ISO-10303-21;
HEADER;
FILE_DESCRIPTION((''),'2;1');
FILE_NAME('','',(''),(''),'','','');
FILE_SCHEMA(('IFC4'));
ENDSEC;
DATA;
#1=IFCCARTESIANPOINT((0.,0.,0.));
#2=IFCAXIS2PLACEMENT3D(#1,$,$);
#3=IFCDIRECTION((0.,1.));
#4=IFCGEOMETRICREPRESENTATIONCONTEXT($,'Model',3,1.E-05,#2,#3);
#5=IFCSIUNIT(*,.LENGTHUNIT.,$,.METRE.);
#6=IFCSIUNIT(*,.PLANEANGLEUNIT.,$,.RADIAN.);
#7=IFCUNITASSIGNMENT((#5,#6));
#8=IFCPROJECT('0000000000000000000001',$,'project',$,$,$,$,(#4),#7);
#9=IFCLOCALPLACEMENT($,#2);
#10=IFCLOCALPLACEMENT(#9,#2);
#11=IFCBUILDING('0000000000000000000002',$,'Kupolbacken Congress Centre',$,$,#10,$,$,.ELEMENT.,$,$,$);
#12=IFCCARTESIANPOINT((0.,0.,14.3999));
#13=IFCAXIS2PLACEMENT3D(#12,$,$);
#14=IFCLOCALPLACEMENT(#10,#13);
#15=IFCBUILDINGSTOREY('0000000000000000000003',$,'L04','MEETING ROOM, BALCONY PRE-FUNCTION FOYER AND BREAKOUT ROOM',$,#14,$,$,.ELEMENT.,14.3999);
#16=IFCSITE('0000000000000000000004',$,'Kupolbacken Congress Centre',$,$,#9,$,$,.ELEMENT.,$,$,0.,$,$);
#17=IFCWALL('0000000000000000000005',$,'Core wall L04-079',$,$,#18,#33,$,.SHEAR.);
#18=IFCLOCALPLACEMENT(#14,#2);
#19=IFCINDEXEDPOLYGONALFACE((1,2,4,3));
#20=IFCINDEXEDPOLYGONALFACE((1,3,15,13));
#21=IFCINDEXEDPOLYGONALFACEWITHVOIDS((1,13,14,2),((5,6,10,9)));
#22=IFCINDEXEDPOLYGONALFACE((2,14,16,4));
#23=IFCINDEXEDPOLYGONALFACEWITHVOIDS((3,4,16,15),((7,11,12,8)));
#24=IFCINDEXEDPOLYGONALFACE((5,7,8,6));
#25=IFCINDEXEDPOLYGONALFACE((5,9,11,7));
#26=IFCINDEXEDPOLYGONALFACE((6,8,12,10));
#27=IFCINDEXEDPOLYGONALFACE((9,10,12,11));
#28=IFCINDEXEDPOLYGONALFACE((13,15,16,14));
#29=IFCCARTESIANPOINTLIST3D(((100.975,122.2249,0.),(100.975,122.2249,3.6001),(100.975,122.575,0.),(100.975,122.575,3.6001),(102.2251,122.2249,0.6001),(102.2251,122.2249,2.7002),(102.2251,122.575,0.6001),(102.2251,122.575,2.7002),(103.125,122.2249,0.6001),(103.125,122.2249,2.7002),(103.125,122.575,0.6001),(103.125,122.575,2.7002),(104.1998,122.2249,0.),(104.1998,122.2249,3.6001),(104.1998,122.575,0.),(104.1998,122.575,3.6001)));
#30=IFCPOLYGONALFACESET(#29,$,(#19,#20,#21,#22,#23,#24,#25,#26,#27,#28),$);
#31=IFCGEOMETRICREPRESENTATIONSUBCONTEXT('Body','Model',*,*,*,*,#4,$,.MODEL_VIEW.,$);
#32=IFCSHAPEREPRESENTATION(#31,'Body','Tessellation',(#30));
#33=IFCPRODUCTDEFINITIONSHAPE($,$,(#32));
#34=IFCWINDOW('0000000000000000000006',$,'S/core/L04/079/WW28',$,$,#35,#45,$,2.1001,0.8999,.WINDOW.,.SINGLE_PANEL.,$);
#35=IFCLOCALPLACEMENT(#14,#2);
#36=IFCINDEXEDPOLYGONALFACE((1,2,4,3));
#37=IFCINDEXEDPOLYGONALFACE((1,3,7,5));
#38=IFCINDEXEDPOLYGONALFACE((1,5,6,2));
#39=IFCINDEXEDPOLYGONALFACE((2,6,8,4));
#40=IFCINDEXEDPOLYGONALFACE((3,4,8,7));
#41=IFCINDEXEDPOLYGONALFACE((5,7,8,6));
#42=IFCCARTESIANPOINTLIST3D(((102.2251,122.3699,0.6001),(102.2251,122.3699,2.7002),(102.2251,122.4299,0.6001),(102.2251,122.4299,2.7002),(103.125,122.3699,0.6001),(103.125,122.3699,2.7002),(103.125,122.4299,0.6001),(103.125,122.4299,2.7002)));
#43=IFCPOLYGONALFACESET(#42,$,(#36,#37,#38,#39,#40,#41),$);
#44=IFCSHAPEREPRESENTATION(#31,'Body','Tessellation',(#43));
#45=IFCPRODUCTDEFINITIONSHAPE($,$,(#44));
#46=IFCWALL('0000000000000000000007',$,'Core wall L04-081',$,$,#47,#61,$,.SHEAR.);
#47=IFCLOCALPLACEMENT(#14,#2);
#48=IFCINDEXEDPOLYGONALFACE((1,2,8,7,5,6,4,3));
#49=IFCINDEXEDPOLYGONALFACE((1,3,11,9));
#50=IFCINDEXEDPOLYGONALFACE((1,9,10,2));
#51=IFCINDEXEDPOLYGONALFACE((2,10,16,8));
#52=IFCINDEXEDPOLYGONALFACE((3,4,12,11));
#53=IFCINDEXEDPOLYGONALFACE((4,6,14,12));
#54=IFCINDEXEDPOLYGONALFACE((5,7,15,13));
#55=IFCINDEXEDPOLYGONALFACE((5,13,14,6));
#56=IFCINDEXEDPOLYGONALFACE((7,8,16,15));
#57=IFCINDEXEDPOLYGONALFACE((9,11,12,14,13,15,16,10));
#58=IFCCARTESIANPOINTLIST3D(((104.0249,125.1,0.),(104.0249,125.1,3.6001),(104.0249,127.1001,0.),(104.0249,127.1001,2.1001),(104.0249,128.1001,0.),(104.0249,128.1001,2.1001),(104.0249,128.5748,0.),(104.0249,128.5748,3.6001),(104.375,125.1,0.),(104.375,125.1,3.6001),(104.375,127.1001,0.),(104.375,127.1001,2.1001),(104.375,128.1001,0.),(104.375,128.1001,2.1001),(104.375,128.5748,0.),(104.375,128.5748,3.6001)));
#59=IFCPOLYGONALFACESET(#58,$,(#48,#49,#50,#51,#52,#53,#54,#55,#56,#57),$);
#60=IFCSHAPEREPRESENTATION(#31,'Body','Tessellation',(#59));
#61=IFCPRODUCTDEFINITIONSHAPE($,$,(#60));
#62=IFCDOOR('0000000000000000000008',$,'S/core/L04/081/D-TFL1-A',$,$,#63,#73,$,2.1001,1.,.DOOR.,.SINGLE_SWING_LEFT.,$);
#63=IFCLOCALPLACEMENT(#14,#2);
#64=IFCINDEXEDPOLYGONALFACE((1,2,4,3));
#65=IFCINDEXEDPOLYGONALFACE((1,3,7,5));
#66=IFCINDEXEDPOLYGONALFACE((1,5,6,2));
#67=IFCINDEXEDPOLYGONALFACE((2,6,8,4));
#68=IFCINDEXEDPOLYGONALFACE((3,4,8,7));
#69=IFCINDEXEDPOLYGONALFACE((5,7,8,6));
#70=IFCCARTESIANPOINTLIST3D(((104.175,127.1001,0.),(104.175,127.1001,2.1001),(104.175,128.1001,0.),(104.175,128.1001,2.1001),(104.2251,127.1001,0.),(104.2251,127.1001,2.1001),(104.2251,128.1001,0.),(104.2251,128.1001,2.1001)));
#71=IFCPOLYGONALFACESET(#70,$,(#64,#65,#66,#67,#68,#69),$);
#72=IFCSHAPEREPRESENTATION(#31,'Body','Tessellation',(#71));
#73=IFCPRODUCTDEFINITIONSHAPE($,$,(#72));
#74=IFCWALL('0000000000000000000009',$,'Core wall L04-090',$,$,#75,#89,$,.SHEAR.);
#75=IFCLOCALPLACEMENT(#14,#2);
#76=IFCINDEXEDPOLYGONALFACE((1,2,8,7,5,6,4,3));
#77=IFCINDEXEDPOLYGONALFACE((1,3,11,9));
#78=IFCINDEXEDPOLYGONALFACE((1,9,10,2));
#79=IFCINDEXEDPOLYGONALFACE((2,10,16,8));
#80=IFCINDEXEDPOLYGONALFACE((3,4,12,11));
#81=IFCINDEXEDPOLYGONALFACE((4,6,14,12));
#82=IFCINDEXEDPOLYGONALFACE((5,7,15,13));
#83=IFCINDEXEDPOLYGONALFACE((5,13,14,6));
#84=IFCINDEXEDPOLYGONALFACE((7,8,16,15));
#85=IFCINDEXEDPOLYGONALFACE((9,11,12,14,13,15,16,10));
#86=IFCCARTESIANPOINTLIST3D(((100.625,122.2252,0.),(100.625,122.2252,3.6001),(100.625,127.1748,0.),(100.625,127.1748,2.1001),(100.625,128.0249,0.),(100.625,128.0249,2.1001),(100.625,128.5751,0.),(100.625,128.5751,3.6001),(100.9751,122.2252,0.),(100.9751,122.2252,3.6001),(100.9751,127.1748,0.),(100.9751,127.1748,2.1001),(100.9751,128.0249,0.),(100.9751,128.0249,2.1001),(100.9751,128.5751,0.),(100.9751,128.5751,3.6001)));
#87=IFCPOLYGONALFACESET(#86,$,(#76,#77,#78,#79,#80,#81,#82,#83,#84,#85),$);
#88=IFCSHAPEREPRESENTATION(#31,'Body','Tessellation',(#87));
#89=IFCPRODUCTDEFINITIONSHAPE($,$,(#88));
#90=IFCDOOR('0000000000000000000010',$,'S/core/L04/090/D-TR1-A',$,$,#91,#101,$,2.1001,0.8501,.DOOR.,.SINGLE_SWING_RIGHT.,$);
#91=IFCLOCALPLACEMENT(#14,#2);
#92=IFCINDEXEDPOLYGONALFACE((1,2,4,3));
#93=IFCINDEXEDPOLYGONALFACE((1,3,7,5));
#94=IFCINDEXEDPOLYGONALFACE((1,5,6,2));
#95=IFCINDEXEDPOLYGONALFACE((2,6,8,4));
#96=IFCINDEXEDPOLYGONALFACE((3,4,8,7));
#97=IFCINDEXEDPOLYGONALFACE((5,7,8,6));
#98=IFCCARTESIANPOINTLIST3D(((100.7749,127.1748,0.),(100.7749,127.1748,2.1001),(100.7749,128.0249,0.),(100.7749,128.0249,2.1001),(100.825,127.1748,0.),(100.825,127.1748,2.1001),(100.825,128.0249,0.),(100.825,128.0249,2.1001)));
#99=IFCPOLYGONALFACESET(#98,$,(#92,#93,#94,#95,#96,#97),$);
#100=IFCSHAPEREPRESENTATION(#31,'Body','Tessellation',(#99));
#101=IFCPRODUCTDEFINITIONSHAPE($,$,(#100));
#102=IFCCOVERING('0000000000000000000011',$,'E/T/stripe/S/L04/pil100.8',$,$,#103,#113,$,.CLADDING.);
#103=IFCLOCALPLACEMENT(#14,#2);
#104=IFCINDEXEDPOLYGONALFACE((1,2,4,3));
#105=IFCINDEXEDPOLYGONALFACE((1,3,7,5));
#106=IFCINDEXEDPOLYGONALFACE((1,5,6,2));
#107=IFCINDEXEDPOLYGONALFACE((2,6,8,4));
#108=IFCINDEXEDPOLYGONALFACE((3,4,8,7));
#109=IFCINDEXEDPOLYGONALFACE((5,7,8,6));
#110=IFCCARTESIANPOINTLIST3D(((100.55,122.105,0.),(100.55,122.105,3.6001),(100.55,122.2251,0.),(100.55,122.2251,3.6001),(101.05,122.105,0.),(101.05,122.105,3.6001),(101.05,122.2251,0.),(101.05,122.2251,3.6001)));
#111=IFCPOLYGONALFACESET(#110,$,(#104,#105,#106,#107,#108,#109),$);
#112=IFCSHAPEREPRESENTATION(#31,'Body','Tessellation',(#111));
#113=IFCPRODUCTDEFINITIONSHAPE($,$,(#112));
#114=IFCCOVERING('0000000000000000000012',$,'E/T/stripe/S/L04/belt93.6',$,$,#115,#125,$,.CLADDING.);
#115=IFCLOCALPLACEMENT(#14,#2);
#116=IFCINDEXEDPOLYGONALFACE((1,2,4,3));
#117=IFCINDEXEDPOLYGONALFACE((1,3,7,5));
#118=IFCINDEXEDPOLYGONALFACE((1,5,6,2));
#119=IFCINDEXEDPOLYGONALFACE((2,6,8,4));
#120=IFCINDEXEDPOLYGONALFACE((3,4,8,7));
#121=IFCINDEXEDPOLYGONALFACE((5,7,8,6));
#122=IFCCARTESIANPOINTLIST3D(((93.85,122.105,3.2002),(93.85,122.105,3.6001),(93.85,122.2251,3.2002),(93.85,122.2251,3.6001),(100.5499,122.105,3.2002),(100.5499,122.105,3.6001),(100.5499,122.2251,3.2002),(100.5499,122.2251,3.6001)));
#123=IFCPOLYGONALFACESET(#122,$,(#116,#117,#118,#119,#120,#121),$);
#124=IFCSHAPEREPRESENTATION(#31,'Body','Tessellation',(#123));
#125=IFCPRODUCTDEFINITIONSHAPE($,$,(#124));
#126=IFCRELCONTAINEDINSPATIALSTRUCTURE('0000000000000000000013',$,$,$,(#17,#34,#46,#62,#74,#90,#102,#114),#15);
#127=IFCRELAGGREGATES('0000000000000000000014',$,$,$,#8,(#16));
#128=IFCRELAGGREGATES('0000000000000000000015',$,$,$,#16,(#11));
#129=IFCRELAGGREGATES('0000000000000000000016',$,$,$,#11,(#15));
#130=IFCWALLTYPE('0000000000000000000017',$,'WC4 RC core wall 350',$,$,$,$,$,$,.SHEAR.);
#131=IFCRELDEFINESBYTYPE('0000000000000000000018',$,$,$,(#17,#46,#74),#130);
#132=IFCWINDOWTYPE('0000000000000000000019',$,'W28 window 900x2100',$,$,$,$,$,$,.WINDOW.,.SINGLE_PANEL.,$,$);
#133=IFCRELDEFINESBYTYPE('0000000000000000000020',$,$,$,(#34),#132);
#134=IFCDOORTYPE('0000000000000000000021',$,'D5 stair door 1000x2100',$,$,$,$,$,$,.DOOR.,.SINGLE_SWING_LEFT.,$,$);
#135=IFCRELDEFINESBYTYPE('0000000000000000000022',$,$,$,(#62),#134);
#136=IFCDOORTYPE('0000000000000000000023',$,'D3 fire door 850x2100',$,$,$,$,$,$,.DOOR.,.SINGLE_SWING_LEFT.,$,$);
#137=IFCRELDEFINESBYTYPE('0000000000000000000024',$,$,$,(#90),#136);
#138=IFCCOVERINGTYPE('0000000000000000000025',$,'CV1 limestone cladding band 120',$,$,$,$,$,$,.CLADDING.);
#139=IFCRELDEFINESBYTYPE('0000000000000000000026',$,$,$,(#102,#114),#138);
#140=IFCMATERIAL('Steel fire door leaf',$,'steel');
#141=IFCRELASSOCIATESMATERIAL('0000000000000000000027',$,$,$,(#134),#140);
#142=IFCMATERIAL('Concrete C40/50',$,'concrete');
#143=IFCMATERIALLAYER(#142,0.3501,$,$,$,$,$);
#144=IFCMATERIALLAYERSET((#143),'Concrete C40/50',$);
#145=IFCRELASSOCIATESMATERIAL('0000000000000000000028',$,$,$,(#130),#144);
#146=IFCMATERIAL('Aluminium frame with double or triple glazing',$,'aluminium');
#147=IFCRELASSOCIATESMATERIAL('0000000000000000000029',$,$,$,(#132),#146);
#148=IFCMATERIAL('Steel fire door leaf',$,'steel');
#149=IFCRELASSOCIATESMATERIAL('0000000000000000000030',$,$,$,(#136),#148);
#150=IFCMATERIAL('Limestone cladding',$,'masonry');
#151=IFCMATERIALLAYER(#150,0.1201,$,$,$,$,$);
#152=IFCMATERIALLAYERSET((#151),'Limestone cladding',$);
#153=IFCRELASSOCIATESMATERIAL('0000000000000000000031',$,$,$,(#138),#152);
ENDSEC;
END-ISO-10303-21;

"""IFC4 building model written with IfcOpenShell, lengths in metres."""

from ifc_helpers import new_model, si_unit, direction, frame, frame_2d, origin, origin_2d, place, context, subcontext, project, spatial, rectangle, extrude, material, layer, layer_set, type_object, element, fill, save


model = new_model("IFC4")

# Units and contexts
model_context = context("Model", 3, precision=1e-05, world=origin(), true_north=direction((0.0, 1.0)))
body_context = subcontext(model_context, "Body", "Model", "MODEL_VIEW")
ifc_project = project(units=[si_unit("LENGTHUNIT", "METRE"), si_unit("PLANEANGLEUNIT", "RADIAN")], contexts=[model_context])

# Site, building, storey
site_placement = place(None, origin())
site = spatial("IfcSite", under=ifc_project, at=site_placement, Name="Kupolbacken Congress Centre", CompositionType="ELEMENT", RefElevation=0.0)
building_placement = place(site_placement, origin())
building = spatial("IfcBuilding", under=site, at=building_placement, Name="Kupolbacken Congress Centre", CompositionType="ELEMENT")
storey_placement = place(building_placement, frame((0.0, 0.0, 14.3999)))
storey = spatial("IfcBuildingStorey", under=building, at=storey_placement, Name="L04", Description="MEETING ROOM, BALCONY PRE-FUNCTION FOYER AND BREAKOUT ROOM", CompositionType="ELEMENT", Elevation=14.3999)

# Shared definitions
ifc_material_1 = material(Name="Steel fire door leaf", Category="steel")
door_type_1 = type_object("IfcDoorType", Name="D5 stair door 1000x2100", OperationType="SINGLE_SWING_LEFT", PredefinedType="DOOR", material=ifc_material_1)

# Wall, opening, window
ifc_material_2 = material(Name="Concrete C40/50", Category="concrete")
ifc_layer_1 = layer(ifc_material_2, 0.3501)
ifc_layer_set_1 = layer_set([ifc_layer_1], Name="Concrete C40/50")
wall_type_1 = type_object("IfcWallType", Name="WC4 RC core wall 350", PredefinedType="SHEAR", material=ifc_layer_set_1)
wall_1_placement = place(storey_placement, frame((100.9751, 122.3999, 0.0), z_axis=(0.0, 0.0, 1.0), x_axis=(1.0, 0.0, 0.0)))
wall_1 = element("IfcWall", 1, at=wall_1_placement, inside=storey, type_object=wall_type_1, Name="Core wall L04-079", PredefinedType="SHEAR", context=body_context, shape_type="SweptSolid", body=[
    extrude(rectangle(XDim=3.2249, YDim=0.3501, at=frame_2d((1.6123, 0.0))), origin(), (0.0, 0.0, 1.0), 3.6001),
])
opening_1_placement = place(wall_1_placement, frame((1.25, 0.0, 0.6001)))
opening_1 = element("IfcOpeningElement", 2, at=opening_1_placement, cuts=wall_1, PredefinedType="OPENING", context=body_context, shape_type="SweptSolid", body=[
    extrude(rectangle(XDim=0.8999, YDim=2.1001, at=frame_2d((0.45, 1.05))), frame((0.0, 0.1851, 0.0), z_axis=(0.0, -1.0, 0.0), x_axis=(1.0, 0.0, 0.0)), (0.0, 0.0, 1.0), 0.3701),
])
ifc_material_3 = material(Name="Aluminium frame with double or triple glazing", Category="aluminium")
window_type = type_object("IfcWindowType", Name="W28 window 900x2100", PartitioningType="SINGLE_PANEL", PredefinedType="WINDOW", material=ifc_material_3)
window_placement = place(opening_1_placement, origin())
window = element("IfcWindow", 3, at=window_placement, inside=storey, type_object=window_type, Name="S/core/L04/079/WW28", OverallHeight=2.1001, OverallWidth=0.8999, PartitioningType="SINGLE_PANEL", PredefinedType="WINDOW", context=body_context, shape_type="SweptSolid", body=[
    extrude(rectangle(XDim=0.8999, YDim=2.1001, at=frame_2d((0.45, 1.05))), frame((0.0, 0.03, 0.0), z_axis=(0.0, -1.0, 0.0), x_axis=(1.0, 0.0, 0.0)), (0.0, 0.0, 1.0), 0.0601),
])
fill(opening_1, window)

# Walls, openings, doors
wall_2_placement = place(storey_placement, frame((104.2, 125.1001, 0.0), z_axis=(0.0, 0.0, 1.0), x_axis=(0.0, 1.0, 0.0)))
wall_2 = element("IfcWall", 4, at=wall_2_placement, inside=storey, type_object=wall_type_1, Name="Core wall L04-081", PredefinedType="SHEAR", context=body_context, shape_type="SweptSolid", body=[
    extrude(rectangle(XDim=3.4749, YDim=0.3501, at=frame_2d((1.7373, 0.0))), origin(), (0.0, 0.0, 1.0), 3.6001),
])
opening_2_placement = place(wall_2_placement, frame((2.0, 0.0, 0.0)))
opening_2 = element("IfcOpeningElement", 5, at=opening_2_placement, cuts=wall_2, PredefinedType="OPENING", context=body_context, shape_type="SweptSolid", body=[
    extrude(rectangle(XDim=1.0, YDim=2.1001, at=frame_2d((0.5, 1.05))), frame((0.0, 0.1851, 0.0), z_axis=(0.0, -1.0, 0.0), x_axis=(1.0, 0.0, 0.0)), (0.0, 0.0, 1.0), 0.3701),
])
door_1_placement = place(opening_2_placement, origin())
door_1 = element("IfcDoor", 6, at=door_1_placement, inside=storey, type_object=door_type_1, Name="S/core/L04/081/D-TFL1-A", OperationType="SINGLE_SWING_LEFT", OverallHeight=2.1001, OverallWidth=1.0, PredefinedType="DOOR", context=body_context, shape_type="SweptSolid", body=[
    extrude(rectangle(XDim=1.0, YDim=2.1001, at=frame_2d((0.5, 1.05))), frame((0.0, 0.0249, 0.0), z_axis=(0.0, -1.0, 0.0), x_axis=(1.0, 0.0, 0.0)), (0.0, 0.0, 1.0), 0.05),
])
fill(opening_2, door_1)
wall_3_placement = place(storey_placement, frame((100.8, 128.575, 0.0), z_axis=(0.0, 0.0, 1.0), x_axis=(0.0, -1.0, 0.0)))
wall_3 = element("IfcWall", 7, at=wall_3_placement, inside=storey, type_object=wall_type_1, Name="Core wall L04-090", PredefinedType="SHEAR", context=body_context, shape_type="SweptSolid", body=[
    extrude(rectangle(XDim=6.3499, YDim=0.3501, at=frame_2d((3.1748, 0.0))), origin(), (0.0, 0.0, 1.0), 3.6001),
])
opening_3_placement = place(wall_3_placement, frame((0.55, 0.0, 0.0)))
opening_3 = element("IfcOpeningElement", 8, at=opening_3_placement, cuts=wall_3, PredefinedType="OPENING", context=body_context, shape_type="SweptSolid", body=[
    extrude(rectangle(XDim=0.8501, YDim=2.1001, at=frame_2d((0.425, 1.05))), frame((0.0, 0.1851, 0.0), z_axis=(0.0, -1.0, 0.0), x_axis=(1.0, 0.0, 0.0)), (0.0, 0.0, 1.0), 0.3701),
])
ifc_material_4 = material(Name="Steel fire door leaf", Category="steel")
door_type_2 = type_object("IfcDoorType", Name="D3 fire door 850x2100", OperationType="SINGLE_SWING_LEFT", PredefinedType="DOOR", material=ifc_material_4)
door_2_placement = place(opening_3_placement, origin())
door_2 = element("IfcDoor", 9, at=door_2_placement, inside=storey, type_object=door_type_2, Name="S/core/L04/090/D-TR1-A", OperationType="SINGLE_SWING_RIGHT", OverallHeight=2.1001, OverallWidth=0.8501, PredefinedType="DOOR", context=body_context, shape_type="SweptSolid", body=[
    extrude(rectangle(XDim=0.8501, YDim=2.1001, at=frame_2d((0.425, 1.05))), frame((0.0, 0.0249, 0.0), z_axis=(0.0, -1.0, 0.0), x_axis=(1.0, 0.0, 0.0)), (0.0, 0.0, 1.0), 0.05),
])
fill(opening_3, door_2)

# Coverings
ifc_material_5 = material(Name="Limestone cladding", Category="masonry")
ifc_layer_2 = layer(ifc_material_5, 0.1201)
ifc_layer_set_2 = layer_set([ifc_layer_2], Name="Limestone cladding")
covering_type = type_object("IfcCoveringType", Name="CV1 limestone cladding band 120", PredefinedType="CLADDING", material=ifc_layer_set_2)
covering_1_placement = place(storey_placement, frame((100.8, 122.165, 0.0), z_axis=(0.0, 0.0, 1.0), x_axis=(1.0, 0.0, 0.0)))
element("IfcCovering", 10, at=covering_1_placement, inside=storey, type_object=covering_type, Name="E/T/stripe/S/L04/pil100.8", PredefinedType="CLADDING", context=body_context, shape_type="SweptSolid", body=[
    extrude(rectangle(XDim=0.5, YDim=0.1201, at=origin_2d()), origin(), (0.0, 0.0, 1.0), 3.6001),
])
covering_2_placement = place(storey_placement, frame((97.2, 122.165, 3.2002), z_axis=(0.0, 0.0, 1.0), x_axis=(1.0, 0.0, 0.0)))
element("IfcCovering", 11, at=covering_2_placement, inside=storey, type_object=covering_type, Name="E/T/stripe/S/L04/belt93.6", PredefinedType="CLADDING", context=body_context, shape_type="SweptSolid", body=[
    extrude(rectangle(XDim=6.7, YDim=0.1201, at=origin_2d()), origin(), (0.0, 0.0, 1.0), 0.3999),
])

save(model, "model.ifc")
